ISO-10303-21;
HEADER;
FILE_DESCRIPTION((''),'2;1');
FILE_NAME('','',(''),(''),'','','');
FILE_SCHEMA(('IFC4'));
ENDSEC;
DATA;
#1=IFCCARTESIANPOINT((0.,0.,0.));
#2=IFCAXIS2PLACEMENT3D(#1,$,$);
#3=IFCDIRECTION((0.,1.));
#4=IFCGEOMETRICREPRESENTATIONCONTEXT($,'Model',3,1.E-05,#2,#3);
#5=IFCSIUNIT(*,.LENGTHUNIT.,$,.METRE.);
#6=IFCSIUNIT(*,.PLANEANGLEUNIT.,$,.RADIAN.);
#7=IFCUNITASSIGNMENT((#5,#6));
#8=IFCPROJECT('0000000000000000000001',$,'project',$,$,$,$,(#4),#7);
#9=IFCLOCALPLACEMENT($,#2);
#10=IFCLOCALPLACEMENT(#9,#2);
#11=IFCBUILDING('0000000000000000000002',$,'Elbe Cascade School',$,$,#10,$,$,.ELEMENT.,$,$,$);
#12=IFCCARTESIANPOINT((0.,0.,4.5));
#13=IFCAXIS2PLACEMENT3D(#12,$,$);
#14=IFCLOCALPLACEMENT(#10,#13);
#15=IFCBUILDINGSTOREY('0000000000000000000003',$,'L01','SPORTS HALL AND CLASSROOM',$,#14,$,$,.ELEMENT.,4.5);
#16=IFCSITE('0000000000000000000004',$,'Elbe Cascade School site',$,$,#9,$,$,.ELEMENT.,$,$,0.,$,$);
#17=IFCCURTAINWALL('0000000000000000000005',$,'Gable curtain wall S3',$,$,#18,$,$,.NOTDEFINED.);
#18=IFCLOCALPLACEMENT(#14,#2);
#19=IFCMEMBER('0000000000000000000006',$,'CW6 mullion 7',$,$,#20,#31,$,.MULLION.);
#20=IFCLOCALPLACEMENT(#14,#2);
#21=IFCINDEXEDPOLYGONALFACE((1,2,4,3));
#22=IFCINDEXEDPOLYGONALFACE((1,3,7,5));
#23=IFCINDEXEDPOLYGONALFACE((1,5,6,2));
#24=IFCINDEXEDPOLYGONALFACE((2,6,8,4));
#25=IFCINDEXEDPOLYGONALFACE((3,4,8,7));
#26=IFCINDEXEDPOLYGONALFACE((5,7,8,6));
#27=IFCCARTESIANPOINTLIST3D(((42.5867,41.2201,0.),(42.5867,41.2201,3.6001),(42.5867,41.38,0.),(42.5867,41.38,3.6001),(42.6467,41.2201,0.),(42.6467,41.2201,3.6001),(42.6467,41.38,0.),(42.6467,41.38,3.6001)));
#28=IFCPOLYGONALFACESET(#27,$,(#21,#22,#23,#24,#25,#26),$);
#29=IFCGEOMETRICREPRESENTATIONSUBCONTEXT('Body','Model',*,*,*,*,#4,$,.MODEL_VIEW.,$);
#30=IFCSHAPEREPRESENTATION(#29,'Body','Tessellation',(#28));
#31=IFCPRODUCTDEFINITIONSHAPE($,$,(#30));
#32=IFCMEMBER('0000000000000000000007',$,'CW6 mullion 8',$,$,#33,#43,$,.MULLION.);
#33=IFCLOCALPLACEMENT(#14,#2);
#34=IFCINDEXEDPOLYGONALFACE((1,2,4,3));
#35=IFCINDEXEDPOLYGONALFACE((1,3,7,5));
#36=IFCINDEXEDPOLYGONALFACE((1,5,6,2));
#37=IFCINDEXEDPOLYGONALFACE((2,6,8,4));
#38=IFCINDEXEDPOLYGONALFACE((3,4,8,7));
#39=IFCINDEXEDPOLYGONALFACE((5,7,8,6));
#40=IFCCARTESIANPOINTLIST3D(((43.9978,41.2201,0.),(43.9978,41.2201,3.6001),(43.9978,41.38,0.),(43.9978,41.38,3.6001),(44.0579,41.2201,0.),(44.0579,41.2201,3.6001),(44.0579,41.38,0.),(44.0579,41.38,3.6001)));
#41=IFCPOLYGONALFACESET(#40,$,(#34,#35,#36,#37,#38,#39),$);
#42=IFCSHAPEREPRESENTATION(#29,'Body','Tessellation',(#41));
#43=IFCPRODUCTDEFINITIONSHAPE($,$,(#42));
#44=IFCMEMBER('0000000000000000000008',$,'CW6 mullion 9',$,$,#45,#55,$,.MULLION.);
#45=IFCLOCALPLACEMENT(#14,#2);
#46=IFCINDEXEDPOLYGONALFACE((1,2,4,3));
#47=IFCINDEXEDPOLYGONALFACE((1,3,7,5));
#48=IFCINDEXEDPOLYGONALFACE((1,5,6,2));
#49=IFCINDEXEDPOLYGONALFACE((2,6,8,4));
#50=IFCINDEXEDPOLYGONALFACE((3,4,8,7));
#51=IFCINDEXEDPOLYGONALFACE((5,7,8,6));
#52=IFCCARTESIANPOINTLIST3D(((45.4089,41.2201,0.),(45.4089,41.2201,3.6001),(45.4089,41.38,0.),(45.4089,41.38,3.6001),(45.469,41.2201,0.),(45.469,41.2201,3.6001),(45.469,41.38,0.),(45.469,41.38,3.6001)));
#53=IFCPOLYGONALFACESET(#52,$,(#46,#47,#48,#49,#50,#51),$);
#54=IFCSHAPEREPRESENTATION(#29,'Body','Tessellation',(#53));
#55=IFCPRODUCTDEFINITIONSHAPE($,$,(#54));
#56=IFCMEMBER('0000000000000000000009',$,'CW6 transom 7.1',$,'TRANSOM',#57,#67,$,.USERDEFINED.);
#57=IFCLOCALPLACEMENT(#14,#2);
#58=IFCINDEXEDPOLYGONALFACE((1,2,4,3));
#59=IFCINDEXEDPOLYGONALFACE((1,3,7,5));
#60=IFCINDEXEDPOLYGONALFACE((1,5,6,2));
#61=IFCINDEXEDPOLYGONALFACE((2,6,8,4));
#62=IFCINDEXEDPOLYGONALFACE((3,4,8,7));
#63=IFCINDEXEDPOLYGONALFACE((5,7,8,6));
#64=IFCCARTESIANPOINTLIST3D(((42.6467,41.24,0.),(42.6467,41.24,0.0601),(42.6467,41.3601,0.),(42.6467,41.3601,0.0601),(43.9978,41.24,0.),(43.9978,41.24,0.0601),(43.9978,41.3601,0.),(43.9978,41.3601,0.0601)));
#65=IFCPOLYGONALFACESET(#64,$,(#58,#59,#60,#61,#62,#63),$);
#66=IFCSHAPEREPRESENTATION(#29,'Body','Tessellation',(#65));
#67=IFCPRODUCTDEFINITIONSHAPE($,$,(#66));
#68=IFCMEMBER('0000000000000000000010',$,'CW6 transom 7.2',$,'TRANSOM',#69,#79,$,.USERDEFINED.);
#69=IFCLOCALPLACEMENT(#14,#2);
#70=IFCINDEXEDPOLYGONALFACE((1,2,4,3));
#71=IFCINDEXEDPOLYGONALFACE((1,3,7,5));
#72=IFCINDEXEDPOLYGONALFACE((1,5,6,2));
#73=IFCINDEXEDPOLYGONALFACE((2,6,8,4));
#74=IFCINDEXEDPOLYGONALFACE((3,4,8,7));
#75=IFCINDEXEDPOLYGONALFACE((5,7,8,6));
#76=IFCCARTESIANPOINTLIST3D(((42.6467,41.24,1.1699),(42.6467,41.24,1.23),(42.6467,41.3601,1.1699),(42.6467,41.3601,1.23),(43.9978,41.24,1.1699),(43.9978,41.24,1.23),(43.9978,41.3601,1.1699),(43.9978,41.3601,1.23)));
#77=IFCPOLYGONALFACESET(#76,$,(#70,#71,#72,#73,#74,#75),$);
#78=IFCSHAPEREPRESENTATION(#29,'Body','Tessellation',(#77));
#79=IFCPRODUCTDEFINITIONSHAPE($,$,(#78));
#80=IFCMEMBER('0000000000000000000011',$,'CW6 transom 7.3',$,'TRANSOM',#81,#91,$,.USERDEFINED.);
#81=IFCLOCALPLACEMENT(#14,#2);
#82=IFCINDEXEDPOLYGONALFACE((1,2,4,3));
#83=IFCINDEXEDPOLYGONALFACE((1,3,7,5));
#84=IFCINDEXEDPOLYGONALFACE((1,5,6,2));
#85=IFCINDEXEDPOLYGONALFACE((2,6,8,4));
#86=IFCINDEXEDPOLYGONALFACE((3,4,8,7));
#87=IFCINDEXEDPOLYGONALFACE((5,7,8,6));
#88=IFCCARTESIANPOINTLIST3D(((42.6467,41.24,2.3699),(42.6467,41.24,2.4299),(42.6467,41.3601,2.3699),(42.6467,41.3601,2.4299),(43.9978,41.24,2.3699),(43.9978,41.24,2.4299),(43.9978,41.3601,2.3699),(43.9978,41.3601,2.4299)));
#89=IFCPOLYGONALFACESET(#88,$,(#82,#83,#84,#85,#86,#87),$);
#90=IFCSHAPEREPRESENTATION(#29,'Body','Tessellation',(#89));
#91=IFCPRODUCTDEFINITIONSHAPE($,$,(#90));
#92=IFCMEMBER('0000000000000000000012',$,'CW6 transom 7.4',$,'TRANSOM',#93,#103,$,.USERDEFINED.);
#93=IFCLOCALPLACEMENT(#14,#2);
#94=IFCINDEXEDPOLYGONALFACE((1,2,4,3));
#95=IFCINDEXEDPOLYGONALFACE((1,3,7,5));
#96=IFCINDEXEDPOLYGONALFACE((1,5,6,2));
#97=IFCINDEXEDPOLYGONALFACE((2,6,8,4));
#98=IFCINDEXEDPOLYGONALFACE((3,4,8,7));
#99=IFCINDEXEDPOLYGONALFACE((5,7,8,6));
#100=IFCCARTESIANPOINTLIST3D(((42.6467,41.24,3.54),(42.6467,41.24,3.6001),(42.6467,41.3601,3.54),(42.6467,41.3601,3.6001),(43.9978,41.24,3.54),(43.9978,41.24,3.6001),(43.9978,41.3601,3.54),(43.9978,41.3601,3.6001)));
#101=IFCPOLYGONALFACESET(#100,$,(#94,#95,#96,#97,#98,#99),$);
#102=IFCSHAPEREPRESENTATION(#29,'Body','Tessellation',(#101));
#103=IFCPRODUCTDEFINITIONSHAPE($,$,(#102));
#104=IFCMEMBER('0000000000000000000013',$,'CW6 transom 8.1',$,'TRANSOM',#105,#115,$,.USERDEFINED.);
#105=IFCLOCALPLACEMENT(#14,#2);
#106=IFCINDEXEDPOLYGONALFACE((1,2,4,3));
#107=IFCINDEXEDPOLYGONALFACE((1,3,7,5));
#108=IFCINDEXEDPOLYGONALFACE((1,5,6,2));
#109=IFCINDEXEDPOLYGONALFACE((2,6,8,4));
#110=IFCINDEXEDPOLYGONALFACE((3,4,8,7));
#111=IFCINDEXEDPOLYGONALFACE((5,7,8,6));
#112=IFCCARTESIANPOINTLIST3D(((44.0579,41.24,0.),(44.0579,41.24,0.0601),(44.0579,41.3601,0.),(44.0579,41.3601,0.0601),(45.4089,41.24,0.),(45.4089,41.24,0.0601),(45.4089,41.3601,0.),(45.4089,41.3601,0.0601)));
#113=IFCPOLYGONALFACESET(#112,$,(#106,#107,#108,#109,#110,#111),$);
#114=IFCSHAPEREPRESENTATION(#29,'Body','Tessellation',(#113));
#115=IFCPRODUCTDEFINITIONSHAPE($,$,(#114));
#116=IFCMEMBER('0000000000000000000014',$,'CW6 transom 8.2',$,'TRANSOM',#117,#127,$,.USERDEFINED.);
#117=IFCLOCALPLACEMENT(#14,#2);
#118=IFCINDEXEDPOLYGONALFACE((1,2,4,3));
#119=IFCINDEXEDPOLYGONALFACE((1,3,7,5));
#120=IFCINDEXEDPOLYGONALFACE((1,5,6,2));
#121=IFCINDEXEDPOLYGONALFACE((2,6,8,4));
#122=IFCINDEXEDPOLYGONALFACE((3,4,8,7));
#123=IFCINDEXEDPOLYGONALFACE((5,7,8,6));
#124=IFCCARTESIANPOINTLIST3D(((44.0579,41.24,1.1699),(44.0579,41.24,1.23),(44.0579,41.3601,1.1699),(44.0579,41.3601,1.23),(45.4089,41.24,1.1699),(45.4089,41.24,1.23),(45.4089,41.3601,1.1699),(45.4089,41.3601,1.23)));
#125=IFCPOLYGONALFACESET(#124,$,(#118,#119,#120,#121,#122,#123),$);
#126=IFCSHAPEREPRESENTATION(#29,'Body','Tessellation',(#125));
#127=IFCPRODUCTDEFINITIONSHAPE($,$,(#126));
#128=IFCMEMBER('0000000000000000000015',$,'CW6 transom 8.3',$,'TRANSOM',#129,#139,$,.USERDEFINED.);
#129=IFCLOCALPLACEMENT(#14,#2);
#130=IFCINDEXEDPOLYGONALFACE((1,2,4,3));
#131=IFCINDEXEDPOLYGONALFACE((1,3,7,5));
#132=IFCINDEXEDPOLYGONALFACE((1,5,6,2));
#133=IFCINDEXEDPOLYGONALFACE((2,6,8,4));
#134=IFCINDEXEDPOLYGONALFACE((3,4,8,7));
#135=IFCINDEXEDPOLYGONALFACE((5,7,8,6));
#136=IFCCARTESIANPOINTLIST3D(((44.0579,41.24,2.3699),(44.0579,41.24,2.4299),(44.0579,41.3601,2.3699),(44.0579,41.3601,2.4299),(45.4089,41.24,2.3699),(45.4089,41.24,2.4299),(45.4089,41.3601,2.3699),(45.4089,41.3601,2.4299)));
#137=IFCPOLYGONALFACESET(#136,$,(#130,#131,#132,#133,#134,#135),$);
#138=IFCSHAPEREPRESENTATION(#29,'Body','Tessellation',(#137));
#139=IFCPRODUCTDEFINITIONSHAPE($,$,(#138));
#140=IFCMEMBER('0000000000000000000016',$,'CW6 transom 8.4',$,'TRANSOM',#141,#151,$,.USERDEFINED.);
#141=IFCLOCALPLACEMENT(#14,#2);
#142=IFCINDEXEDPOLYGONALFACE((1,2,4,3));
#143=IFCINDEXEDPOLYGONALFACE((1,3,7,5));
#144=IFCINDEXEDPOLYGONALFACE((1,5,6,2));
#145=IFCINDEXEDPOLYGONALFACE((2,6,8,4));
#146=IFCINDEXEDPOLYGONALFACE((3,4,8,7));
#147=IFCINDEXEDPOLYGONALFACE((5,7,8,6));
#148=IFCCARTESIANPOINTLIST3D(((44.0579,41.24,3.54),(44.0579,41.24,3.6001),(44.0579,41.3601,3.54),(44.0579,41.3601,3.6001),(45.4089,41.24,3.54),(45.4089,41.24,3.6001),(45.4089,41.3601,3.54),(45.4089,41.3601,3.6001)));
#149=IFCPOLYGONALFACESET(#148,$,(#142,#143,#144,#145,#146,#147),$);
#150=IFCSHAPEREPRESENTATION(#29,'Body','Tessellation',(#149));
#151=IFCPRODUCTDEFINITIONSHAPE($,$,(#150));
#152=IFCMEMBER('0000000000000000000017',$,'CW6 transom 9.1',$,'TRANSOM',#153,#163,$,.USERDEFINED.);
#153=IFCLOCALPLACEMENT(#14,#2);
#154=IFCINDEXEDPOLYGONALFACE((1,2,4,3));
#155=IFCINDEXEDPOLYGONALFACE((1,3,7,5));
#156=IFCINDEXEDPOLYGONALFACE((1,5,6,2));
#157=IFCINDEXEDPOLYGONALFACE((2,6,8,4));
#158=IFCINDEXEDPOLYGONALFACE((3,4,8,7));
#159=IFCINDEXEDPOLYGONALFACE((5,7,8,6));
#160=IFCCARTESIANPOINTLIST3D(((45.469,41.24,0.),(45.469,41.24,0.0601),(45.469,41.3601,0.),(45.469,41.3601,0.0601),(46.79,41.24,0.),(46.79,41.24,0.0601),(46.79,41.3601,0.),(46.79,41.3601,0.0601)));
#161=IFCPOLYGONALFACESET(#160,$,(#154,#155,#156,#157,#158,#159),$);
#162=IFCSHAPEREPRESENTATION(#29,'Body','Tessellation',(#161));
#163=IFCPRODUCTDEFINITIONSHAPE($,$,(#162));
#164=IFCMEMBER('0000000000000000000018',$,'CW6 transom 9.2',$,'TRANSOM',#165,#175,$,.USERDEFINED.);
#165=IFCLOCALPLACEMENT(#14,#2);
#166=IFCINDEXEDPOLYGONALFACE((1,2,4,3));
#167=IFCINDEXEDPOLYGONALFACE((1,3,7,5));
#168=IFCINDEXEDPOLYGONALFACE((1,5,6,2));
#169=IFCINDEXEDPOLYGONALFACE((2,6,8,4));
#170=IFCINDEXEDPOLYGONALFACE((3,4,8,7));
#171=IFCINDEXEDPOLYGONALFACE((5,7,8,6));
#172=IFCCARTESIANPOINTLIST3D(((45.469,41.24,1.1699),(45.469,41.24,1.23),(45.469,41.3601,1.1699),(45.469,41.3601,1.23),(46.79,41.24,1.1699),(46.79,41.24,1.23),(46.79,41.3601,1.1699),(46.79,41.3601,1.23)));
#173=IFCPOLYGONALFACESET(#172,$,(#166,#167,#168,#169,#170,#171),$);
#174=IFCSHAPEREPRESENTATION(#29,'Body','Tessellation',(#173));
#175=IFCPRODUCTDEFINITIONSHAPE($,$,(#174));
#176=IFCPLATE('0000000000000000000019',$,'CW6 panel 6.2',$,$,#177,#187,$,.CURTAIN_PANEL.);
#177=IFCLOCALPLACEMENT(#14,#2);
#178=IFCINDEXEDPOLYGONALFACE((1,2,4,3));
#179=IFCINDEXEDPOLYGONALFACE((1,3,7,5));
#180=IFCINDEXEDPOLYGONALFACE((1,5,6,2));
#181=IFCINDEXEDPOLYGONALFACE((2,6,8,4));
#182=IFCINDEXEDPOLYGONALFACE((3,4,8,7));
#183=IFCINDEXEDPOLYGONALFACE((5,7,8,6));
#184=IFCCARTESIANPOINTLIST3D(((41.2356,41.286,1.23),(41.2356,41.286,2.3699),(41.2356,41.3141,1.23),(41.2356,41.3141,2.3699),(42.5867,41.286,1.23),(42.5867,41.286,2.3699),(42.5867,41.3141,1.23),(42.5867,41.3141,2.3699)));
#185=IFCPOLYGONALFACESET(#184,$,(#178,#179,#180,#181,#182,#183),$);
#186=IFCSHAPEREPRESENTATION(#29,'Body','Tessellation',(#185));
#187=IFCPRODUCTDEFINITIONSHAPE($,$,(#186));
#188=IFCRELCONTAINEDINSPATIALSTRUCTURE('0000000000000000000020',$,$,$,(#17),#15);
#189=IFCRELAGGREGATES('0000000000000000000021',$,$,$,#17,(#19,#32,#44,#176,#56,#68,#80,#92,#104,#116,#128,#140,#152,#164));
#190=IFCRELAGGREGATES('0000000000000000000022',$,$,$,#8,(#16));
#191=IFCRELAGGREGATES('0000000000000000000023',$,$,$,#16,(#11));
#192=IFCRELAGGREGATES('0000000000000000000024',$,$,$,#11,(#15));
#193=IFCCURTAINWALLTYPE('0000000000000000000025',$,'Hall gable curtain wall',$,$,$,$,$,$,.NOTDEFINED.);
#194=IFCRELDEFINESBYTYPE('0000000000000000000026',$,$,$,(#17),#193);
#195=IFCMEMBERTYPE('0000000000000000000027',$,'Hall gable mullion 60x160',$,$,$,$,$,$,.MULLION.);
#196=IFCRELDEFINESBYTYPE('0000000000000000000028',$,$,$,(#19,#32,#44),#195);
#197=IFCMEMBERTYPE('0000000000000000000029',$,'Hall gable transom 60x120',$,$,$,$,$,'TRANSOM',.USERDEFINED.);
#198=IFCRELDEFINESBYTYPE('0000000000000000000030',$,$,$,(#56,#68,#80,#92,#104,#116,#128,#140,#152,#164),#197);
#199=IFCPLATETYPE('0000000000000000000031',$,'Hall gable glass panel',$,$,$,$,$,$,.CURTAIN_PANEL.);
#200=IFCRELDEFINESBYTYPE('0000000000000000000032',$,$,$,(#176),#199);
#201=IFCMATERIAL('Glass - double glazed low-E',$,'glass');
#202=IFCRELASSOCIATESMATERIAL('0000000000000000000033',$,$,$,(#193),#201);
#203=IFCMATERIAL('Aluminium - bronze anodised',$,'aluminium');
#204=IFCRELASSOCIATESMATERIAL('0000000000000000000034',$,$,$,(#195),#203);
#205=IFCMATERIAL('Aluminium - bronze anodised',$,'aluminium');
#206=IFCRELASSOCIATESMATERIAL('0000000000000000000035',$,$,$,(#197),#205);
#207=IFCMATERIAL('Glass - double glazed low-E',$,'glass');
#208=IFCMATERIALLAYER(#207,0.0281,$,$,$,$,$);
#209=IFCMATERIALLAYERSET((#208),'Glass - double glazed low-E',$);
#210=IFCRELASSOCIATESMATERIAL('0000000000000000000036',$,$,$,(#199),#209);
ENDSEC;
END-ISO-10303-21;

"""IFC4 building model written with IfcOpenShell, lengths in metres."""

from ifc_helpers import new_model, si_unit, direction, frame, origin, origin_2d, place, context, subcontext, project, spatial, rectangle, extrude, material, layer, layer_set, material_profile, profile_set, type_object, element, aggregate, save


model = new_model("IFC4")

# Units and contexts
model_context = context("Model", 3, precision=1e-05, world=origin(), true_north=direction((0.0, 1.0)))
body_context = subcontext(model_context, "Body", "Model", "MODEL_VIEW")
ifc_project = project(units=[si_unit("LENGTHUNIT", "METRE"), si_unit("PLANEANGLEUNIT", "RADIAN")], contexts=[model_context])

# Site, building, storey
site_placement = place(None, origin())
site = spatial("IfcSite", under=ifc_project, at=site_placement, Name="Elbe Cascade School site", CompositionType="ELEMENT", RefElevation=0.0)
building_placement = place(site_placement, origin())
building = spatial("IfcBuilding", under=site, at=building_placement, Name="Elbe Cascade School", CompositionType="ELEMENT")
storey_placement = place(building_placement, frame((0.0, 0.0, 4.5)))
storey = spatial("IfcBuildingStorey", under=building, at=storey_placement, Name="L01", Description="SPORTS HALL AND CLASSROOM", CompositionType="ELEMENT", Elevation=4.5)

# Curtain wall, members, plate
ifc_material_1 = material(Name="Glass - double glazed low-E", Category="glass")
curtain_wall_type = type_object("IfcCurtainWallType", Name="Hall gable curtain wall", PredefinedType="NOTDEFINED", material=ifc_material_1)
curtain_wall_placement = place(storey_placement, origin())
curtain_wall = element("IfcCurtainWall", 1, at=curtain_wall_placement, inside=storey, type_object=curtain_wall_type, Name="Gable curtain wall S3", PredefinedType="NOTDEFINED")
ifc_material_2 = material(Name="Aluminium - bronze anodised", Category="aluminium")
ifc_material_profile_1 = material_profile(ifc_material_2, rectangle(XDim=0.1599, YDim=0.0601, at=origin_2d()), Name="Alu 60x160")
ifc_profile_set_1 = profile_set([ifc_material_profile_1], Name="Aluminium - bronze anodised")
member_type_1 = type_object("IfcMemberType", Name="Hall gable mullion 60x160", PredefinedType="MULLION", material=ifc_profile_set_1)
member_1_placement = place(storey_placement, frame((42.6167, 41.3, 0.0), z_axis=(0.0, 0.0, 1.0), x_axis=(0.0, 1.0, 0.0)))
member_1 = element("IfcMember", 2, at=member_1_placement, type_object=member_type_1, Name="CW6 mullion 7", PredefinedType="MULLION", context=body_context, shape_type="SweptSolid", body=[
    extrude(rectangle(XDim=0.1599, YDim=0.0601, at=origin_2d()), origin(), (0.0, 0.0, 1.0), 3.6001),
])
member_2_placement = place(storey_placement, frame((44.0278, 41.3, 0.0), z_axis=(0.0, 0.0, 1.0), x_axis=(0.0, 1.0, 0.0)))
member_2 = element("IfcMember", 3, at=member_2_placement, type_object=member_type_1, Name="CW6 mullion 8", PredefinedType="MULLION", context=body_context, shape_type="SweptSolid", body=[
    extrude(rectangle(XDim=0.1599, YDim=0.0601, at=origin_2d()), origin(), (0.0, 0.0, 1.0), 3.6001),
])
member_3_placement = place(storey_placement, frame((45.439, 41.3, 0.0), z_axis=(0.0, 0.0, 1.0), x_axis=(0.0, 1.0, 0.0)))
member_3 = element("IfcMember", 4, at=member_3_placement, type_object=member_type_1, Name="CW6 mullion 9", PredefinedType="MULLION", context=body_context, shape_type="SweptSolid", body=[
    extrude(rectangle(XDim=0.1599, YDim=0.0601, at=origin_2d()), origin(), (0.0, 0.0, 1.0), 3.6001),
])
ifc_material_3 = material(Name="Aluminium - bronze anodised", Category="aluminium")
ifc_material_profile_2 = material_profile(ifc_material_3, rectangle(XDim=0.1201, YDim=0.0601, at=origin_2d()), Name="Alu 60x120")
ifc_profile_set_2 = profile_set([ifc_material_profile_2], Name="Aluminium - bronze anodised")
member_type_2 = type_object("IfcMemberType", Name="Hall gable transom 60x120", ElementType="TRANSOM", PredefinedType="USERDEFINED", material=ifc_profile_set_2)
member_4_placement = place(storey_placement, frame((42.6467, 41.3, 0.03), z_axis=(1.0, 0.0, 0.0), x_axis=(0.0, 1.0, 0.0)))
member_4 = element("IfcMember", 5, at=member_4_placement, type_object=member_type_2, Name="CW6 transom 7.1", ObjectType="TRANSOM", PredefinedType="USERDEFINED", context=body_context, shape_type="SweptSolid", body=[
    extrude(rectangle(XDim=0.1201, YDim=0.0601, at=origin_2d()), origin(), (0.0, 0.0, 1.0), 1.3511),
])
member_5_placement = place(storey_placement, frame((42.6467, 41.3, 1.2), z_axis=(1.0, 0.0, 0.0), x_axis=(0.0, 1.0, 0.0)))
member_5 = element("IfcMember", 6, at=member_5_placement, type_object=member_type_2, Name="CW6 transom 7.2", ObjectType="TRANSOM", PredefinedType="USERDEFINED", context=body_context, shape_type="SweptSolid", body=[
    extrude(rectangle(XDim=0.1201, YDim=0.0601, at=origin_2d()), origin(), (0.0, 0.0, 1.0), 1.3511),
])
member_6_placement = place(storey_placement, frame((42.6467, 41.3, 2.3999), z_axis=(1.0, 0.0, 0.0), x_axis=(0.0, 1.0, 0.0)))
member_6 = element("IfcMember", 7, at=member_6_placement, type_object=member_type_2, Name="CW6 transom 7.3", ObjectType="TRANSOM", PredefinedType="USERDEFINED", context=body_context, shape_type="SweptSolid", body=[
    extrude(rectangle(XDim=0.1201, YDim=0.0601, at=origin_2d()), origin(), (0.0, 0.0, 1.0), 1.3511),
])
member_7_placement = place(storey_placement, frame((42.6467, 41.3, 3.5701), z_axis=(1.0, 0.0, 0.0), x_axis=(0.0, 1.0, 0.0)))
member_7 = element("IfcMember", 8, at=member_7_placement, type_object=member_type_2, Name="CW6 transom 7.4", ObjectType="TRANSOM", PredefinedType="USERDEFINED", context=body_context, shape_type="SweptSolid", body=[
    extrude(rectangle(XDim=0.1201, YDim=0.0601, at=origin_2d()), origin(), (0.0, 0.0, 1.0), 1.3511),
])
member_8_placement = place(storey_placement, frame((44.0579, 41.3, 0.03), z_axis=(1.0, 0.0, 0.0), x_axis=(0.0, 1.0, 0.0)))
member_8 = element("IfcMember", 9, at=member_8_placement, type_object=member_type_2, Name="CW6 transom 8.1", ObjectType="TRANSOM", PredefinedType="USERDEFINED", context=body_context, shape_type="SweptSolid", body=[
    extrude(rectangle(XDim=0.1201, YDim=0.0601, at=origin_2d()), origin(), (0.0, 0.0, 1.0), 1.3511),
])
member_9_placement = place(storey_placement, frame((44.0579, 41.3, 1.2), z_axis=(1.0, 0.0, 0.0), x_axis=(0.0, 1.0, 0.0)))
member_9 = element("IfcMember", 10, at=member_9_placement, type_object=member_type_2, Name="CW6 transom 8.2", ObjectType="TRANSOM", PredefinedType="USERDEFINED", context=body_context, shape_type="SweptSolid", body=[
    extrude(rectangle(XDim=0.1201, YDim=0.0601, at=origin_2d()), origin(), (0.0, 0.0, 1.0), 1.3511),
])
member_10_placement = place(storey_placement, frame((44.0579, 41.3, 2.3999), z_axis=(1.0, 0.0, 0.0), x_axis=(0.0, 1.0, 0.0)))
member_10 = element("IfcMember", 11, at=member_10_placement, type_object=member_type_2, Name="CW6 transom 8.3", ObjectType="TRANSOM", PredefinedType="USERDEFINED", context=body_context, shape_type="SweptSolid", body=[
    extrude(rectangle(XDim=0.1201, YDim=0.0601, at=origin_2d()), origin(), (0.0, 0.0, 1.0), 1.3511),
])
member_11_placement = place(storey_placement, frame((44.0579, 41.3, 3.5701), z_axis=(1.0, 0.0, 0.0), x_axis=(0.0, 1.0, 0.0)))
member_11 = element("IfcMember", 12, at=member_11_placement, type_object=member_type_2, Name="CW6 transom 8.4", ObjectType="TRANSOM", PredefinedType="USERDEFINED", context=body_context, shape_type="SweptSolid", body=[
    extrude(rectangle(XDim=0.1201, YDim=0.0601, at=origin_2d()), origin(), (0.0, 0.0, 1.0), 1.3511),
])
member_12_placement = place(storey_placement, frame((45.469, 41.3, 0.03), z_axis=(1.0, 0.0, 0.0), x_axis=(0.0, 1.0, 0.0)))
member_12 = element("IfcMember", 13, at=member_12_placement, type_object=member_type_2, Name="CW6 transom 9.1", ObjectType="TRANSOM", PredefinedType="USERDEFINED", context=body_context, shape_type="SweptSolid", body=[
    extrude(rectangle(XDim=0.1201, YDim=0.0601, at=origin_2d()), origin(), (0.0, 0.0, 1.0), 1.321),
])
member_13_placement = place(storey_placement, frame((45.469, 41.3, 1.2), z_axis=(1.0, 0.0, 0.0), x_axis=(0.0, 1.0, 0.0)))
member_13 = element("IfcMember", 14, at=member_13_placement, type_object=member_type_2, Name="CW6 transom 9.2", ObjectType="TRANSOM", PredefinedType="USERDEFINED", context=body_context, shape_type="SweptSolid", body=[
    extrude(rectangle(XDim=0.1201, YDim=0.0601, at=origin_2d()), origin(), (0.0, 0.0, 1.0), 1.321),
])
ifc_material_4 = material(Name="Glass - double glazed low-E", Category="glass")
ifc_layer = layer(ifc_material_4, 0.0281)
ifc_layer_set = layer_set([ifc_layer], Name="Glass - double glazed low-E")
plate_type = type_object("IfcPlateType", Name="Hall gable glass panel", PredefinedType="CURTAIN_PANEL", material=ifc_layer_set)
plate_1_placement = place(storey_placement, frame((41.9111, 41.3, 1.23), z_axis=(0.0, 0.0, 1.0), x_axis=(1.0, 0.0, 0.0)))
plate_1 = element("IfcPlate", 15, at=plate_1_placement, type_object=plate_type, Name="CW6 panel 6.2", PredefinedType="CURTAIN_PANEL", context=body_context, shape_type="SweptSolid", body=[
    extrude(rectangle(XDim=1.3511, YDim=0.0281, at=origin_2d()), origin(), (0.0, 0.0, 1.0), 1.1399),
])
aggregate(curtain_wall, [member_1, member_2, member_3, plate_1, member_4, member_5, member_6, member_7, member_8, member_9, member_10, member_11, member_12, member_13])

save(model, "model.ifc")
